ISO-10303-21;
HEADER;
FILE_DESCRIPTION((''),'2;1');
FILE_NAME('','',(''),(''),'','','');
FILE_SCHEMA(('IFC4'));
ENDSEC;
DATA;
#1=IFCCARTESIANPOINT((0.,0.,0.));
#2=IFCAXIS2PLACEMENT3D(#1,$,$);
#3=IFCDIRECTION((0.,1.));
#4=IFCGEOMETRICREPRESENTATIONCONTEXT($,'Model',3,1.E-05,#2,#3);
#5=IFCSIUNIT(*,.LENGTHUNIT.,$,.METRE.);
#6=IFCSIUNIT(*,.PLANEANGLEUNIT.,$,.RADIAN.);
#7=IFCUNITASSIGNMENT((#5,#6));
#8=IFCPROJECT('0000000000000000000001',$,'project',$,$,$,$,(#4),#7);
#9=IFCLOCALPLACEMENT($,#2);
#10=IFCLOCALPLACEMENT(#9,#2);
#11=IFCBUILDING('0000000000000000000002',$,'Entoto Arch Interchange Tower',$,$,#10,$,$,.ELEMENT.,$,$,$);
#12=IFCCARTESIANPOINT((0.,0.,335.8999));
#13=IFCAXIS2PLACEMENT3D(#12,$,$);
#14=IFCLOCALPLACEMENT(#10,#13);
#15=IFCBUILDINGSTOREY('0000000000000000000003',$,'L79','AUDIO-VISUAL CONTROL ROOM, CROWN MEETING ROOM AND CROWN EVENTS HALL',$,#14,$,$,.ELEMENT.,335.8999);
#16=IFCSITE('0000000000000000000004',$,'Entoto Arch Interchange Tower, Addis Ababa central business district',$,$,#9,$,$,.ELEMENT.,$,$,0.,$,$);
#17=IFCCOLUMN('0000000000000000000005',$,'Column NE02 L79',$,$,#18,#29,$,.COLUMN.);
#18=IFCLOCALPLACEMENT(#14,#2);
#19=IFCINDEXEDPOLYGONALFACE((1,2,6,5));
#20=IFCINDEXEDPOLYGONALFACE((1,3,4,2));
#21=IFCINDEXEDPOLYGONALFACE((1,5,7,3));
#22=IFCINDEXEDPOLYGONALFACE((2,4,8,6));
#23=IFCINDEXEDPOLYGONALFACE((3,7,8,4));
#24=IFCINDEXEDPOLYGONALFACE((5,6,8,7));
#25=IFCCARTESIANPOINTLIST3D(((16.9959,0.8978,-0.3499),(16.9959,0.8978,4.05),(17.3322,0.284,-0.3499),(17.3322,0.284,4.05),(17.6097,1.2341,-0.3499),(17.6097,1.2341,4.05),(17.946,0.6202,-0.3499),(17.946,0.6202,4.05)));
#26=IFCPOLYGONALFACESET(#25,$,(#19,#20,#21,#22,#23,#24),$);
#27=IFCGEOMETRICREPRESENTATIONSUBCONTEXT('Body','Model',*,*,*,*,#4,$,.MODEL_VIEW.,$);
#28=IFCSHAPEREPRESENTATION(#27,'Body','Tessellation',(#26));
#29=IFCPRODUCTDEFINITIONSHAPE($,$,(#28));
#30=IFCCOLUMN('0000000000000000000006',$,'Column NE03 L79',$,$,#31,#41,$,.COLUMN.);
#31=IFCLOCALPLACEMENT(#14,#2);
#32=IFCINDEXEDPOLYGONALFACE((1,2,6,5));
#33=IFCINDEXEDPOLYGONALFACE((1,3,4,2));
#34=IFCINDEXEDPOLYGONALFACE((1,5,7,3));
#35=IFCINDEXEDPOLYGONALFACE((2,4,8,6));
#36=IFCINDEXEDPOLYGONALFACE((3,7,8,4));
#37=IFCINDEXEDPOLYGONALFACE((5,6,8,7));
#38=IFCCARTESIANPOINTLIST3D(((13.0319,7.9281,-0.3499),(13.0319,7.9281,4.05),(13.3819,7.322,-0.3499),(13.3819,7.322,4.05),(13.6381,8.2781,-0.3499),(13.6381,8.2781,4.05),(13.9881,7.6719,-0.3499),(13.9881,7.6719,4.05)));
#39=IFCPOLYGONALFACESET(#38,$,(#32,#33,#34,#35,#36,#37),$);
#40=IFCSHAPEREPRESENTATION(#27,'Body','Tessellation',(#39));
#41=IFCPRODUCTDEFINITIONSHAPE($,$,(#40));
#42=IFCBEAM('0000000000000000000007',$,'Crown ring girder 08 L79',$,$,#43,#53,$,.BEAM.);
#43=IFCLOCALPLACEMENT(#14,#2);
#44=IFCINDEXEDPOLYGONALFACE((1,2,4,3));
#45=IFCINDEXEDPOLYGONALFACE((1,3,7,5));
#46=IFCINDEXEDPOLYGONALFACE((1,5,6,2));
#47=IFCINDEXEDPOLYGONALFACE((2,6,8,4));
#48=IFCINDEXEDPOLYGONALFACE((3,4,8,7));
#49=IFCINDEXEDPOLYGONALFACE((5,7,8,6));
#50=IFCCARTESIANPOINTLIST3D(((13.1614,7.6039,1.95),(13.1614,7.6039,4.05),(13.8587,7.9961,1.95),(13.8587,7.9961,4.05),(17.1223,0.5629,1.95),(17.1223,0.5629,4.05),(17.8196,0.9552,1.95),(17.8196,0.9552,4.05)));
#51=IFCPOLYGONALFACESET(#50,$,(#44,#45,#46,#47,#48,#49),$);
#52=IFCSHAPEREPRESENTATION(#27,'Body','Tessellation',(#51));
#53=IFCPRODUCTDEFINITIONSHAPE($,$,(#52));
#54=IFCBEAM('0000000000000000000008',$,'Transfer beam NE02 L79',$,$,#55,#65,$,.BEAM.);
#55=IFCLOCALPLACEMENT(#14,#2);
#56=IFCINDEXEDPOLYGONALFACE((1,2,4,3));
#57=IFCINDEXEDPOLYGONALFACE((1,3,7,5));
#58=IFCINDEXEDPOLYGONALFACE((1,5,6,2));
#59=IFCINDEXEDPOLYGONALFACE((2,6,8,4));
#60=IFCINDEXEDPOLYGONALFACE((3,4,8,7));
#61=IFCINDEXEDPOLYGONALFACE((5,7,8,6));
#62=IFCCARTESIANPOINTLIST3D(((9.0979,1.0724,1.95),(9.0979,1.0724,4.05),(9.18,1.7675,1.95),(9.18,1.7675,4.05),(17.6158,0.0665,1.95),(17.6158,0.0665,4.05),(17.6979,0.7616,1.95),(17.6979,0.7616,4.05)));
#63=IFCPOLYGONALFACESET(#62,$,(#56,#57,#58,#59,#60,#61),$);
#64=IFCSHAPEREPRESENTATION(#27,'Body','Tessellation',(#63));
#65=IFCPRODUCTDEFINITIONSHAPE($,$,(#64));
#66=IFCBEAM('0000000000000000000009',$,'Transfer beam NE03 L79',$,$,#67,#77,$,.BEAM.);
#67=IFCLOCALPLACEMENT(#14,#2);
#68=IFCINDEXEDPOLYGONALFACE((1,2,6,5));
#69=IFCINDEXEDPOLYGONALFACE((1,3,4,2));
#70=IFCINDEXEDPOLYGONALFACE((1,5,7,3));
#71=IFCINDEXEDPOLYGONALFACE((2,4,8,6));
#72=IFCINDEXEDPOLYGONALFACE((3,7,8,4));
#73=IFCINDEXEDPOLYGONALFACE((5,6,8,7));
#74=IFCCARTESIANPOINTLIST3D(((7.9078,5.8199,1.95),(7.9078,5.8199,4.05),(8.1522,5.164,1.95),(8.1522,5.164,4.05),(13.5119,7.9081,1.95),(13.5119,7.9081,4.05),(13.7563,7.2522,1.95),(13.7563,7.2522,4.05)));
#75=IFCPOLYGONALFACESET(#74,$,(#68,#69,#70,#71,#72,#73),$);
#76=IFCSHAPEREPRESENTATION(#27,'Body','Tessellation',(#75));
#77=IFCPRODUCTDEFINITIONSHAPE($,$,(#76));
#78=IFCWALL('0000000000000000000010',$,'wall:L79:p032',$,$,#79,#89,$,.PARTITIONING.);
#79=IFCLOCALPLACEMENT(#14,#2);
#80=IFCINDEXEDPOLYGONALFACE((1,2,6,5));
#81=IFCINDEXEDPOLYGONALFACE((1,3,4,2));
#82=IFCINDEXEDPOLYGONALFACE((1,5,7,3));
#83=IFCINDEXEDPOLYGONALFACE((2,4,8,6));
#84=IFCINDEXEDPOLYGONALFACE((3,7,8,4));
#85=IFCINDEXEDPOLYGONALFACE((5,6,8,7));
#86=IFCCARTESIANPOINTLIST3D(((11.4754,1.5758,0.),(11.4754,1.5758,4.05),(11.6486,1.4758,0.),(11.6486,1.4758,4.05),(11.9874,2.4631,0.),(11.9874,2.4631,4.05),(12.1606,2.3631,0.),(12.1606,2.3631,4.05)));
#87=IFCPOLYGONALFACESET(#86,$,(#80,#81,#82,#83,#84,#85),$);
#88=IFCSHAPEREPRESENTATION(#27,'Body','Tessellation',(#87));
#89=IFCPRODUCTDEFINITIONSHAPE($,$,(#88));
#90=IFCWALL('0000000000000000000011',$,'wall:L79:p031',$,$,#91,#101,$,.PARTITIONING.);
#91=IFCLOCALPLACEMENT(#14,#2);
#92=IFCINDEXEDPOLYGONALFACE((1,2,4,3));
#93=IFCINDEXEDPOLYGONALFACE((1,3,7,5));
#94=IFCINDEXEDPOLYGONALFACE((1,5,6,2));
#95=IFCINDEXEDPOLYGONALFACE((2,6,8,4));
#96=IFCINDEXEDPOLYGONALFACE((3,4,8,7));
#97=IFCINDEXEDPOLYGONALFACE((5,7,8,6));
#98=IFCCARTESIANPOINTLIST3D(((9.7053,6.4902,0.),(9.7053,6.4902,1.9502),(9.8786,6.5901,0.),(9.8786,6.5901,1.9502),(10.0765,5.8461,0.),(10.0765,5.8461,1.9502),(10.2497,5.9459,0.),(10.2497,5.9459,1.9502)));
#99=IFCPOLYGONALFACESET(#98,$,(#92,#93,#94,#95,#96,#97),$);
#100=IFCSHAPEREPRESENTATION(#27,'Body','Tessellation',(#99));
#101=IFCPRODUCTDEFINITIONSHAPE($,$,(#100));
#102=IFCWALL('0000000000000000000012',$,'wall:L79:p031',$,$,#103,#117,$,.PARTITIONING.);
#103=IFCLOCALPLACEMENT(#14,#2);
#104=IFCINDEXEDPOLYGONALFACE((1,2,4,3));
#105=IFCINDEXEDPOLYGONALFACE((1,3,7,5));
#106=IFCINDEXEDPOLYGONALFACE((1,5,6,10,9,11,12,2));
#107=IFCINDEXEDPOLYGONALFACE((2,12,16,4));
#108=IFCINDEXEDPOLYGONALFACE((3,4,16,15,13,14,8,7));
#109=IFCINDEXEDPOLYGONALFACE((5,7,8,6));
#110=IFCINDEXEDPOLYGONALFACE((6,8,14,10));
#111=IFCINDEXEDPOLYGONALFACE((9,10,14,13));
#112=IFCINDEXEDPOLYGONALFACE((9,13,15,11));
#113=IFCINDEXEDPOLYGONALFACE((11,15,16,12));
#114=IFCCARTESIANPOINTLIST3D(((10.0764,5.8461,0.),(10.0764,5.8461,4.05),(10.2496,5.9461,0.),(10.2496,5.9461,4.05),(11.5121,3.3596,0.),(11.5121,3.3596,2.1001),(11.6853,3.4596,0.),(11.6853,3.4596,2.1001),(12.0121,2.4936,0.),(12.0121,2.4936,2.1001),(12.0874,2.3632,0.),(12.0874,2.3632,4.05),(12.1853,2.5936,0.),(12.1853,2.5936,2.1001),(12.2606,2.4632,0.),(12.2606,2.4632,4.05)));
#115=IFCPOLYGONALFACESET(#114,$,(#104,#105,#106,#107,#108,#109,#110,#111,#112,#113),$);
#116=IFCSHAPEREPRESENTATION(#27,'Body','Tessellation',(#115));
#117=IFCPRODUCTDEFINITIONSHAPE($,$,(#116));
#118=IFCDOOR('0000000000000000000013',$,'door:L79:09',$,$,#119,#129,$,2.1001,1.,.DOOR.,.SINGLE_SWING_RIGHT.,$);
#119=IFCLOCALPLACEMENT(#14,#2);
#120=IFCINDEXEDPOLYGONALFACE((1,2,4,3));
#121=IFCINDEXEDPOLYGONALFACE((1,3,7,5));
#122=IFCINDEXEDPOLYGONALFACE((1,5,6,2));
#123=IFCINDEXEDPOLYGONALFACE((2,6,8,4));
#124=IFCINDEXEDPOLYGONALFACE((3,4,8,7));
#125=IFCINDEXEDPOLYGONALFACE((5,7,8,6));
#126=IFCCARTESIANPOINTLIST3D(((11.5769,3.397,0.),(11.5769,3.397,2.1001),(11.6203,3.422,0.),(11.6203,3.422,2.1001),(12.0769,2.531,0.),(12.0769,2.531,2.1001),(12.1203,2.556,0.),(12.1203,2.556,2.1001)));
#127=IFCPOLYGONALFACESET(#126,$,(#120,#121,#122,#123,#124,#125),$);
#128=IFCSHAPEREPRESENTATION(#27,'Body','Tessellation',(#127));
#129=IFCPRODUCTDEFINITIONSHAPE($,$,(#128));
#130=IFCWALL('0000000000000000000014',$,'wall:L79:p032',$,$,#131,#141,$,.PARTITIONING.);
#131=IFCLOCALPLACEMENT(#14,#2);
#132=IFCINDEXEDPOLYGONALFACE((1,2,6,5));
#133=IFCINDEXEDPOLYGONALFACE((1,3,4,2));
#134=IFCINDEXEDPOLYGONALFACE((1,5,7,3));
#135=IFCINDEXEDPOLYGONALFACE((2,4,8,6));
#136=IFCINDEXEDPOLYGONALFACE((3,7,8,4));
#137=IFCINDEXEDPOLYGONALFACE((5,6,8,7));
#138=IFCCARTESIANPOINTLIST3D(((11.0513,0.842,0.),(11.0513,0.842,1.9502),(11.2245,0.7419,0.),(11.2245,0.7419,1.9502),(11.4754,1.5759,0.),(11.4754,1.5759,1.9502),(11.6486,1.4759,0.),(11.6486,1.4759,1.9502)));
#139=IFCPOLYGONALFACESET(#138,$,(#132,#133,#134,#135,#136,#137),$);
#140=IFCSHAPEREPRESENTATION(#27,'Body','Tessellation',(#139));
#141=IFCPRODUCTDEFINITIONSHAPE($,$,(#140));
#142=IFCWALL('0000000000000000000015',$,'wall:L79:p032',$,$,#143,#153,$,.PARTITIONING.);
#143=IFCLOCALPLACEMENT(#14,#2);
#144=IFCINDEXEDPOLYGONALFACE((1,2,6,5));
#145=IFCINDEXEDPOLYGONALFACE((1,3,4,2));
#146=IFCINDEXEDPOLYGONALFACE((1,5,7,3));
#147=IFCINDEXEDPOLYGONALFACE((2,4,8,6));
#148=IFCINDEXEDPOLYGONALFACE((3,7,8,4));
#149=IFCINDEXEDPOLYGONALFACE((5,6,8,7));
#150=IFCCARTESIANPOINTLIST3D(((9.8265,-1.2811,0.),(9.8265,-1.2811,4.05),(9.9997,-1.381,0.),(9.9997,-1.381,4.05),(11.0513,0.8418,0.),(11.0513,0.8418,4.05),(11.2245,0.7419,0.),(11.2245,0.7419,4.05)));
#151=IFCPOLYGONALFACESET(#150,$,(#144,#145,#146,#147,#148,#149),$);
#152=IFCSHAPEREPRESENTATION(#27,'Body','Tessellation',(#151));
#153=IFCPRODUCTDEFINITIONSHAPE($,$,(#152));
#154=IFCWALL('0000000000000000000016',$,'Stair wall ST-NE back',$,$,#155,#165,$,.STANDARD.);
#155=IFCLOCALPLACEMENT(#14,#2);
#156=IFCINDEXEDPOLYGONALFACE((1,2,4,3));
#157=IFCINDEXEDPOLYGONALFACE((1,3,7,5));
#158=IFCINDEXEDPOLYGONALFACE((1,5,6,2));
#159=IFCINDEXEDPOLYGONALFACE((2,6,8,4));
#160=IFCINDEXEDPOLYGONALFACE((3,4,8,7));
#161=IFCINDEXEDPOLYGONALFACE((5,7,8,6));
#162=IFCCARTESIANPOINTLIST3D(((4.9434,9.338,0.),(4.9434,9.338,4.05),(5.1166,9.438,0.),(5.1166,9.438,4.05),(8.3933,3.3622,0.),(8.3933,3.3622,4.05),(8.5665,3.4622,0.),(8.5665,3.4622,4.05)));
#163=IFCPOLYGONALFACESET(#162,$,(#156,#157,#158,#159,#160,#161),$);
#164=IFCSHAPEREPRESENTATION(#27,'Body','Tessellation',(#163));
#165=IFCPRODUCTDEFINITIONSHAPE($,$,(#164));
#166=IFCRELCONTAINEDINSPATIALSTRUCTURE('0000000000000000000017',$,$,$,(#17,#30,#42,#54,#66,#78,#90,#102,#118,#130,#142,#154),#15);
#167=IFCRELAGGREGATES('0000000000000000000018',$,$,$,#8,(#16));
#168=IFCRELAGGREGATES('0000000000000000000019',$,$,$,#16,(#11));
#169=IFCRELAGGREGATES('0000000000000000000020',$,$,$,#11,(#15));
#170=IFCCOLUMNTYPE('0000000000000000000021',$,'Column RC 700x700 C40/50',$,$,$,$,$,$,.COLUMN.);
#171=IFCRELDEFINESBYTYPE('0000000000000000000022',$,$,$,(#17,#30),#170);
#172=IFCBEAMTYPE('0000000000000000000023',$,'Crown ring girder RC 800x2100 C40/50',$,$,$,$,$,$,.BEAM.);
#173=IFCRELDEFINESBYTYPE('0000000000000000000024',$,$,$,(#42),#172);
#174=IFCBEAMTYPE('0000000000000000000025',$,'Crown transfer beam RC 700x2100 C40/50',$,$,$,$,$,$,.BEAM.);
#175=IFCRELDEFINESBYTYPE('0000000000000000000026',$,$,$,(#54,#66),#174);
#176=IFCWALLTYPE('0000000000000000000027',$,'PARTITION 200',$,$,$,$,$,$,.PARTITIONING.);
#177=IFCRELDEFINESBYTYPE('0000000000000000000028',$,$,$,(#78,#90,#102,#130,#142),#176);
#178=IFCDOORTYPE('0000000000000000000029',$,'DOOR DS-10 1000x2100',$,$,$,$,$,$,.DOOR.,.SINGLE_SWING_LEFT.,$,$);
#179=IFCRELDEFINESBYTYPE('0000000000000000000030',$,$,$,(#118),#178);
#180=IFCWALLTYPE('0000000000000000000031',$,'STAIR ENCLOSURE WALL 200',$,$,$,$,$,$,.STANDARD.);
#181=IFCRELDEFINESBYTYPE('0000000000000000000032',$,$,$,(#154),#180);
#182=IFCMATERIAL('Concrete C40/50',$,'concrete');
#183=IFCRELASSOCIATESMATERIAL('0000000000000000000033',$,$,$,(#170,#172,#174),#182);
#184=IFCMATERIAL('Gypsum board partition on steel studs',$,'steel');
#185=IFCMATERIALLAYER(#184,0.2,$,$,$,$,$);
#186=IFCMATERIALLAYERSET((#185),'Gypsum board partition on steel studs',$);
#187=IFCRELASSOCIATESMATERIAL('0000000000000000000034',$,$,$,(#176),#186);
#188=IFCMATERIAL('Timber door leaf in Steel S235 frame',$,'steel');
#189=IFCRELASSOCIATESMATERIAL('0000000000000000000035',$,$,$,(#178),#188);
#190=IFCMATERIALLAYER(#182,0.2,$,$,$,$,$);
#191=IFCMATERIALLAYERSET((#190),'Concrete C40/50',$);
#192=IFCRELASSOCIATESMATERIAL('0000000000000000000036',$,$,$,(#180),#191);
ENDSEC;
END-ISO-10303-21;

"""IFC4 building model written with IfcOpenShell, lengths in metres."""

from ifc_helpers import new_model, si_unit, direction, frame, frame_2d, origin, origin_2d, place, context, subcontext, project, spatial, rectangle, extrude, material, layer, layer_set, material_profile, profile_set, type_object, element, fill, save


model = new_model("IFC4")

# Units and contexts
model_context = context("Model", 3, precision=1e-05, world=origin(), true_north=direction((0.0, 1.0)))
body_context = subcontext(model_context, "Body", "Model", "MODEL_VIEW")
ifc_project = project(units=[si_unit("LENGTHUNIT", "METRE"), si_unit("PLANEANGLEUNIT", "RADIAN")], contexts=[model_context])

# Site, building, storey
site_placement = place(None, origin())
site = spatial("IfcSite", under=ifc_project, at=site_placement, Name="Entoto Arch Interchange Tower, Addis Ababa central business district", CompositionType="ELEMENT", RefElevation=0.0)
building_placement = place(site_placement, origin())
building = spatial("IfcBuilding", under=site, at=building_placement, Name="Entoto Arch Interchange Tower", CompositionType="ELEMENT")
storey_placement = place(building_placement, frame((0.0, 0.0, 335.8999)))
storey = spatial("IfcBuildingStorey", under=building, at=storey_placement, Name="L79", Description="AUDIO-VISUAL CONTROL ROOM, CROWN MEETING ROOM AND CROWN EVENTS HALL", CompositionType="ELEMENT", Elevation=335.8999)

# Columns
ifc_material_1 = material(Name="Concrete C40/50", Category="concrete")
ifc_material_profile_1 = material_profile(ifc_material_1, rectangle(XDim=0.7, YDim=0.7, at=origin_2d()))
ifc_profile_set_1 = profile_set([ifc_material_profile_1], Name="Concrete C40/50")
column_type = type_object("IfcColumnType", Name="Column RC 700x700 C40/50", PredefinedType="COLUMN", material=ifc_profile_set_1)
for number, where, z_axis, x_axis, name in (
    (1, (17.4709, 0.759, -0.3499), (0.0, 0.0, 1.0), (-0.480438, 0.877029, 0.0), "Column NE02 L79"),
    (2, (13.51, 7.8, -0.3499), (0.0, 0.0, 1.0), (-0.5, 0.866025, 0.0), "Column NE03 L79"),
):
    element("IfcColumn", number, at=place(storey_placement, frame(where, z_axis=z_axis, x_axis=x_axis)), inside=storey, type_object=column_type, Name=name, PredefinedType="COLUMN", context=body_context, shape_type="SweptSolid", body=[
        extrude(rectangle(XDim=0.7, YDim=0.7, at=origin_2d()), origin(), (0.0, 0.0, 1.0), 4.3999),
    ])

# Beams
ifc_material_profile_2 = material_profile(ifc_material_1, rectangle(XDim=0.8, YDim=2.1001, at=origin_2d()))
ifc_profile_set_2 = profile_set([ifc_material_profile_2], Name="Concrete C40/50")
beam_type_1 = type_object("IfcBeamType", Name="Crown ring girder RC 800x2100 C40/50", PredefinedType="BEAM", material=ifc_profile_set_2)
beam_1_placement = place(storey_placement, frame((17.4709, 0.759, 3.0), z_axis=(-0.490296, 0.871556, 0.0), x_axis=(-0.871556, -0.490296, 0.0)))
element("IfcBeam", 3, at=beam_1_placement, inside=storey, type_object=beam_type_1, Name="Crown ring girder 08 L79", PredefinedType="BEAM", context=body_context, shape_type="SweptSolid", body=[
    extrude(rectangle(XDim=0.8, YDim=2.1001, at=origin_2d()), origin(), (0.0, 0.0, 1.0), 8.0786),
])
ifc_material_profile_3 = material_profile(ifc_material_1, rectangle(XDim=0.7, YDim=2.1001, at=origin_2d()))
ifc_profile_set_3 = profile_set([ifc_material_profile_3], Name="Concrete C40/50")
beam_type_2 = type_object("IfcBeamType", Name="Crown transfer beam RC 700x2100 C40/50", PredefinedType="BEAM", material=ifc_profile_set_3)
beam_2_placement = place(storey_placement, frame((9.1389, 1.4199, 3.0), z_axis=(0.9931, -0.117271, 0.0), x_axis=(0.117271, 0.9931, 0.0)))
element("IfcBeam", 4, at=beam_2_placement, inside=storey, type_object=beam_type_2, Name="Transfer beam NE02 L79", PredefinedType="BEAM", context=body_context, shape_type="SweptSolid", body=[
    extrude(rectangle(XDim=0.7, YDim=2.1001, at=origin_2d()), origin(), (0.0, 0.0, 1.0), 8.5771),
])
beam_3_placement = place(storey_placement, frame((8.03, 5.4919, 3.0), z_axis=(0.937062, 0.349163, 0.0), x_axis=(-0.349163, 0.937062, 0.0)))
element("IfcBeam", 5, at=beam_3_placement, inside=storey, type_object=beam_type_2, Name="Transfer beam NE03 L79", PredefinedType="BEAM", context=body_context, shape_type="SweptSolid", body=[
    extrude(rectangle(XDim=0.7, YDim=2.1001, at=origin_2d()), origin(), (0.0, 0.0, 1.0), 5.9805),
])

# Walls
ifc_material_2 = material(Name="Gypsum board partition on steel studs", Category="steel")
ifc_layer_1 = layer(ifc_material_2, 0.2)
ifc_layer_set_1 = layer_set([ifc_layer_1], Name="Gypsum board partition on steel studs")
wall_type_1 = type_object("IfcWallType", Name="PARTITION 200", PredefinedType="PARTITIONING", material=ifc_layer_set_1)
wall_1_placement = place(storey_placement, frame((12.074, 2.4131, 0.0), z_axis=(0.0, 0.0, 1.0), x_axis=(-0.499805, -0.866138, 0.0)))
element("IfcWall", 6, at=wall_1_placement, inside=storey, type_object=wall_type_1, Name="wall:L79:p032", PredefinedType="PARTITIONING", context=body_context, shape_type="SweptSolid", body=[
    extrude(rectangle(XDim=1.0244, YDim=0.2, at=frame_2d((0.5122, 0.0))), origin(), (0.0, 0.0, 1.0), 4.05),
])
wall_2_placement = place(storey_placement, frame((9.792, 6.54, 0.0), z_axis=(0.0, 0.0, 1.0), x_axis=(0.499248, -0.866459, 0.0)))
element("IfcWall", 7, at=wall_2_placement, inside=storey, type_object=wall_type_1, Name="wall:L79:p031", PredefinedType="PARTITIONING", context=body_context, shape_type="SweptSolid", body=[
    extrude(rectangle(XDim=0.7434, YDim=0.2, at=frame_2d((0.3716, 0.0))), origin(), (0.0, 0.0, 1.0), 1.9502),
])

# Wall, opening, door
wall_3_placement = place(storey_placement, frame((10.1631, 5.896, 0.0), z_axis=(0.0, 0.0, 1.0), x_axis=(0.500024, -0.866012, 0.0)))
wall_3 = element("IfcWall", 8, at=wall_3_placement, inside=storey, type_object=wall_type_1, Name="wall:L79:p031", PredefinedType="PARTITIONING", context=body_context, shape_type="SweptSolid", body=[
    extrude(rectangle(XDim=4.0217, YDim=0.2, at=frame_2d((2.0107, 0.0))), origin(), (0.0, 0.0, 1.0), 4.05),
])
opening_1_placement = place(wall_3_placement, frame((2.8711, 0.0, 0.0)))
opening_1 = element("IfcOpeningElement", 9, at=opening_1_placement, cuts=wall_3, PredefinedType="OPENING", context=body_context, shape_type="SweptSolid", body=[
    extrude(rectangle(XDim=1.0, YDim=2.1001, at=frame_2d((0.5, 1.05))), frame((0.0, 0.1099, 0.0), z_axis=(0.0, -1.0, 0.0), x_axis=(1.0, 0.0, 0.0)), (0.0, 0.0, 1.0), 0.22),
])
ifc_material_3 = material(Name="Timber door leaf in Steel S235 frame", Category="steel")
door_type = type_object("IfcDoorType", Name="DOOR DS-10 1000x2100", OperationType="SINGLE_SWING_LEFT", PredefinedType="DOOR", material=ifc_material_3)
door_placement = place(opening_1_placement, origin())
door = element("IfcDoor", 10, at=door_placement, inside=storey, type_object=door_type, Name="door:L79:09", OperationType="SINGLE_SWING_RIGHT", OverallHeight=2.1001, OverallWidth=1.0, PredefinedType="DOOR", context=body_context, shape_type="SweptSolid", body=[
    extrude(rectangle(XDim=1.0, YDim=2.1001, at=frame_2d((0.5, 1.05))), frame((0.0, 0.0249, 0.0), z_axis=(0.0, -1.0, 0.0), x_axis=(1.0, 0.0, 0.0)), (0.0, 0.0, 1.0), 0.05),
])
fill(opening_1, door)

# Walls
wall_4_placement = place(storey_placement, frame((11.562, 1.5259, 0.0), z_axis=(0.0, 0.0, 1.0), x_axis=(-0.500321, -0.86584, 0.0)))
element("IfcWall", 11, at=wall_4_placement, inside=storey, type_object=wall_type_1, Name="wall:L79:p032", PredefinedType="PARTITIONING", context=body_context, shape_type="SweptSolid", body=[
    extrude(rectangle(XDim=0.8477, YDim=0.2, at=frame_2d((0.4238, 0.0))), origin(), (0.0, 0.0, 1.0), 1.9502),
])
wall_5_placement = place(storey_placement, frame((11.1379, 0.792, 0.0), z_axis=(0.0, 0.0, 1.0), x_axis=(-0.499728, -0.866182, 0.0)))
element("IfcWall", 12, at=wall_5_placement, inside=storey, type_object=wall_type_1, Name="wall:L79:p032", PredefinedType="PARTITIONING", context=body_context, shape_type="SweptSolid", body=[
    extrude(rectangle(XDim=2.4509, YDim=0.2, at=frame_2d((1.2256, 0.0))), origin(), (0.0, 0.0, 1.0), 4.05),
])
ifc_layer_2 = layer(ifc_material_1, 0.2)
ifc_layer_set_2 = layer_set([ifc_layer_2], Name="Concrete C40/50")
wall_type_2 = type_object("IfcWallType", Name="STAIR ENCLOSURE WALL 200", PredefinedType="STANDARD", material=ifc_layer_set_2)
wall_6_placement = place(storey_placement, frame((8.48, 3.4121, 0.0), z_axis=(0.0, 0.0, 1.0), x_axis=(-0.499979, 0.866038, 0.0)))
element("IfcWall", 13, at=wall_6_placement, inside=storey, type_object=wall_type_2, Name="Stair wall ST-NE back", PredefinedType="STANDARD", context=body_context, shape_type="SweptSolid", body=[
    extrude(rectangle(XDim=6.9001, YDim=0.2, at=frame_2d((3.4502, 0.0))), origin(), (0.0, 0.0, 1.0), 4.05),
])

save(model, "model.ifc")
